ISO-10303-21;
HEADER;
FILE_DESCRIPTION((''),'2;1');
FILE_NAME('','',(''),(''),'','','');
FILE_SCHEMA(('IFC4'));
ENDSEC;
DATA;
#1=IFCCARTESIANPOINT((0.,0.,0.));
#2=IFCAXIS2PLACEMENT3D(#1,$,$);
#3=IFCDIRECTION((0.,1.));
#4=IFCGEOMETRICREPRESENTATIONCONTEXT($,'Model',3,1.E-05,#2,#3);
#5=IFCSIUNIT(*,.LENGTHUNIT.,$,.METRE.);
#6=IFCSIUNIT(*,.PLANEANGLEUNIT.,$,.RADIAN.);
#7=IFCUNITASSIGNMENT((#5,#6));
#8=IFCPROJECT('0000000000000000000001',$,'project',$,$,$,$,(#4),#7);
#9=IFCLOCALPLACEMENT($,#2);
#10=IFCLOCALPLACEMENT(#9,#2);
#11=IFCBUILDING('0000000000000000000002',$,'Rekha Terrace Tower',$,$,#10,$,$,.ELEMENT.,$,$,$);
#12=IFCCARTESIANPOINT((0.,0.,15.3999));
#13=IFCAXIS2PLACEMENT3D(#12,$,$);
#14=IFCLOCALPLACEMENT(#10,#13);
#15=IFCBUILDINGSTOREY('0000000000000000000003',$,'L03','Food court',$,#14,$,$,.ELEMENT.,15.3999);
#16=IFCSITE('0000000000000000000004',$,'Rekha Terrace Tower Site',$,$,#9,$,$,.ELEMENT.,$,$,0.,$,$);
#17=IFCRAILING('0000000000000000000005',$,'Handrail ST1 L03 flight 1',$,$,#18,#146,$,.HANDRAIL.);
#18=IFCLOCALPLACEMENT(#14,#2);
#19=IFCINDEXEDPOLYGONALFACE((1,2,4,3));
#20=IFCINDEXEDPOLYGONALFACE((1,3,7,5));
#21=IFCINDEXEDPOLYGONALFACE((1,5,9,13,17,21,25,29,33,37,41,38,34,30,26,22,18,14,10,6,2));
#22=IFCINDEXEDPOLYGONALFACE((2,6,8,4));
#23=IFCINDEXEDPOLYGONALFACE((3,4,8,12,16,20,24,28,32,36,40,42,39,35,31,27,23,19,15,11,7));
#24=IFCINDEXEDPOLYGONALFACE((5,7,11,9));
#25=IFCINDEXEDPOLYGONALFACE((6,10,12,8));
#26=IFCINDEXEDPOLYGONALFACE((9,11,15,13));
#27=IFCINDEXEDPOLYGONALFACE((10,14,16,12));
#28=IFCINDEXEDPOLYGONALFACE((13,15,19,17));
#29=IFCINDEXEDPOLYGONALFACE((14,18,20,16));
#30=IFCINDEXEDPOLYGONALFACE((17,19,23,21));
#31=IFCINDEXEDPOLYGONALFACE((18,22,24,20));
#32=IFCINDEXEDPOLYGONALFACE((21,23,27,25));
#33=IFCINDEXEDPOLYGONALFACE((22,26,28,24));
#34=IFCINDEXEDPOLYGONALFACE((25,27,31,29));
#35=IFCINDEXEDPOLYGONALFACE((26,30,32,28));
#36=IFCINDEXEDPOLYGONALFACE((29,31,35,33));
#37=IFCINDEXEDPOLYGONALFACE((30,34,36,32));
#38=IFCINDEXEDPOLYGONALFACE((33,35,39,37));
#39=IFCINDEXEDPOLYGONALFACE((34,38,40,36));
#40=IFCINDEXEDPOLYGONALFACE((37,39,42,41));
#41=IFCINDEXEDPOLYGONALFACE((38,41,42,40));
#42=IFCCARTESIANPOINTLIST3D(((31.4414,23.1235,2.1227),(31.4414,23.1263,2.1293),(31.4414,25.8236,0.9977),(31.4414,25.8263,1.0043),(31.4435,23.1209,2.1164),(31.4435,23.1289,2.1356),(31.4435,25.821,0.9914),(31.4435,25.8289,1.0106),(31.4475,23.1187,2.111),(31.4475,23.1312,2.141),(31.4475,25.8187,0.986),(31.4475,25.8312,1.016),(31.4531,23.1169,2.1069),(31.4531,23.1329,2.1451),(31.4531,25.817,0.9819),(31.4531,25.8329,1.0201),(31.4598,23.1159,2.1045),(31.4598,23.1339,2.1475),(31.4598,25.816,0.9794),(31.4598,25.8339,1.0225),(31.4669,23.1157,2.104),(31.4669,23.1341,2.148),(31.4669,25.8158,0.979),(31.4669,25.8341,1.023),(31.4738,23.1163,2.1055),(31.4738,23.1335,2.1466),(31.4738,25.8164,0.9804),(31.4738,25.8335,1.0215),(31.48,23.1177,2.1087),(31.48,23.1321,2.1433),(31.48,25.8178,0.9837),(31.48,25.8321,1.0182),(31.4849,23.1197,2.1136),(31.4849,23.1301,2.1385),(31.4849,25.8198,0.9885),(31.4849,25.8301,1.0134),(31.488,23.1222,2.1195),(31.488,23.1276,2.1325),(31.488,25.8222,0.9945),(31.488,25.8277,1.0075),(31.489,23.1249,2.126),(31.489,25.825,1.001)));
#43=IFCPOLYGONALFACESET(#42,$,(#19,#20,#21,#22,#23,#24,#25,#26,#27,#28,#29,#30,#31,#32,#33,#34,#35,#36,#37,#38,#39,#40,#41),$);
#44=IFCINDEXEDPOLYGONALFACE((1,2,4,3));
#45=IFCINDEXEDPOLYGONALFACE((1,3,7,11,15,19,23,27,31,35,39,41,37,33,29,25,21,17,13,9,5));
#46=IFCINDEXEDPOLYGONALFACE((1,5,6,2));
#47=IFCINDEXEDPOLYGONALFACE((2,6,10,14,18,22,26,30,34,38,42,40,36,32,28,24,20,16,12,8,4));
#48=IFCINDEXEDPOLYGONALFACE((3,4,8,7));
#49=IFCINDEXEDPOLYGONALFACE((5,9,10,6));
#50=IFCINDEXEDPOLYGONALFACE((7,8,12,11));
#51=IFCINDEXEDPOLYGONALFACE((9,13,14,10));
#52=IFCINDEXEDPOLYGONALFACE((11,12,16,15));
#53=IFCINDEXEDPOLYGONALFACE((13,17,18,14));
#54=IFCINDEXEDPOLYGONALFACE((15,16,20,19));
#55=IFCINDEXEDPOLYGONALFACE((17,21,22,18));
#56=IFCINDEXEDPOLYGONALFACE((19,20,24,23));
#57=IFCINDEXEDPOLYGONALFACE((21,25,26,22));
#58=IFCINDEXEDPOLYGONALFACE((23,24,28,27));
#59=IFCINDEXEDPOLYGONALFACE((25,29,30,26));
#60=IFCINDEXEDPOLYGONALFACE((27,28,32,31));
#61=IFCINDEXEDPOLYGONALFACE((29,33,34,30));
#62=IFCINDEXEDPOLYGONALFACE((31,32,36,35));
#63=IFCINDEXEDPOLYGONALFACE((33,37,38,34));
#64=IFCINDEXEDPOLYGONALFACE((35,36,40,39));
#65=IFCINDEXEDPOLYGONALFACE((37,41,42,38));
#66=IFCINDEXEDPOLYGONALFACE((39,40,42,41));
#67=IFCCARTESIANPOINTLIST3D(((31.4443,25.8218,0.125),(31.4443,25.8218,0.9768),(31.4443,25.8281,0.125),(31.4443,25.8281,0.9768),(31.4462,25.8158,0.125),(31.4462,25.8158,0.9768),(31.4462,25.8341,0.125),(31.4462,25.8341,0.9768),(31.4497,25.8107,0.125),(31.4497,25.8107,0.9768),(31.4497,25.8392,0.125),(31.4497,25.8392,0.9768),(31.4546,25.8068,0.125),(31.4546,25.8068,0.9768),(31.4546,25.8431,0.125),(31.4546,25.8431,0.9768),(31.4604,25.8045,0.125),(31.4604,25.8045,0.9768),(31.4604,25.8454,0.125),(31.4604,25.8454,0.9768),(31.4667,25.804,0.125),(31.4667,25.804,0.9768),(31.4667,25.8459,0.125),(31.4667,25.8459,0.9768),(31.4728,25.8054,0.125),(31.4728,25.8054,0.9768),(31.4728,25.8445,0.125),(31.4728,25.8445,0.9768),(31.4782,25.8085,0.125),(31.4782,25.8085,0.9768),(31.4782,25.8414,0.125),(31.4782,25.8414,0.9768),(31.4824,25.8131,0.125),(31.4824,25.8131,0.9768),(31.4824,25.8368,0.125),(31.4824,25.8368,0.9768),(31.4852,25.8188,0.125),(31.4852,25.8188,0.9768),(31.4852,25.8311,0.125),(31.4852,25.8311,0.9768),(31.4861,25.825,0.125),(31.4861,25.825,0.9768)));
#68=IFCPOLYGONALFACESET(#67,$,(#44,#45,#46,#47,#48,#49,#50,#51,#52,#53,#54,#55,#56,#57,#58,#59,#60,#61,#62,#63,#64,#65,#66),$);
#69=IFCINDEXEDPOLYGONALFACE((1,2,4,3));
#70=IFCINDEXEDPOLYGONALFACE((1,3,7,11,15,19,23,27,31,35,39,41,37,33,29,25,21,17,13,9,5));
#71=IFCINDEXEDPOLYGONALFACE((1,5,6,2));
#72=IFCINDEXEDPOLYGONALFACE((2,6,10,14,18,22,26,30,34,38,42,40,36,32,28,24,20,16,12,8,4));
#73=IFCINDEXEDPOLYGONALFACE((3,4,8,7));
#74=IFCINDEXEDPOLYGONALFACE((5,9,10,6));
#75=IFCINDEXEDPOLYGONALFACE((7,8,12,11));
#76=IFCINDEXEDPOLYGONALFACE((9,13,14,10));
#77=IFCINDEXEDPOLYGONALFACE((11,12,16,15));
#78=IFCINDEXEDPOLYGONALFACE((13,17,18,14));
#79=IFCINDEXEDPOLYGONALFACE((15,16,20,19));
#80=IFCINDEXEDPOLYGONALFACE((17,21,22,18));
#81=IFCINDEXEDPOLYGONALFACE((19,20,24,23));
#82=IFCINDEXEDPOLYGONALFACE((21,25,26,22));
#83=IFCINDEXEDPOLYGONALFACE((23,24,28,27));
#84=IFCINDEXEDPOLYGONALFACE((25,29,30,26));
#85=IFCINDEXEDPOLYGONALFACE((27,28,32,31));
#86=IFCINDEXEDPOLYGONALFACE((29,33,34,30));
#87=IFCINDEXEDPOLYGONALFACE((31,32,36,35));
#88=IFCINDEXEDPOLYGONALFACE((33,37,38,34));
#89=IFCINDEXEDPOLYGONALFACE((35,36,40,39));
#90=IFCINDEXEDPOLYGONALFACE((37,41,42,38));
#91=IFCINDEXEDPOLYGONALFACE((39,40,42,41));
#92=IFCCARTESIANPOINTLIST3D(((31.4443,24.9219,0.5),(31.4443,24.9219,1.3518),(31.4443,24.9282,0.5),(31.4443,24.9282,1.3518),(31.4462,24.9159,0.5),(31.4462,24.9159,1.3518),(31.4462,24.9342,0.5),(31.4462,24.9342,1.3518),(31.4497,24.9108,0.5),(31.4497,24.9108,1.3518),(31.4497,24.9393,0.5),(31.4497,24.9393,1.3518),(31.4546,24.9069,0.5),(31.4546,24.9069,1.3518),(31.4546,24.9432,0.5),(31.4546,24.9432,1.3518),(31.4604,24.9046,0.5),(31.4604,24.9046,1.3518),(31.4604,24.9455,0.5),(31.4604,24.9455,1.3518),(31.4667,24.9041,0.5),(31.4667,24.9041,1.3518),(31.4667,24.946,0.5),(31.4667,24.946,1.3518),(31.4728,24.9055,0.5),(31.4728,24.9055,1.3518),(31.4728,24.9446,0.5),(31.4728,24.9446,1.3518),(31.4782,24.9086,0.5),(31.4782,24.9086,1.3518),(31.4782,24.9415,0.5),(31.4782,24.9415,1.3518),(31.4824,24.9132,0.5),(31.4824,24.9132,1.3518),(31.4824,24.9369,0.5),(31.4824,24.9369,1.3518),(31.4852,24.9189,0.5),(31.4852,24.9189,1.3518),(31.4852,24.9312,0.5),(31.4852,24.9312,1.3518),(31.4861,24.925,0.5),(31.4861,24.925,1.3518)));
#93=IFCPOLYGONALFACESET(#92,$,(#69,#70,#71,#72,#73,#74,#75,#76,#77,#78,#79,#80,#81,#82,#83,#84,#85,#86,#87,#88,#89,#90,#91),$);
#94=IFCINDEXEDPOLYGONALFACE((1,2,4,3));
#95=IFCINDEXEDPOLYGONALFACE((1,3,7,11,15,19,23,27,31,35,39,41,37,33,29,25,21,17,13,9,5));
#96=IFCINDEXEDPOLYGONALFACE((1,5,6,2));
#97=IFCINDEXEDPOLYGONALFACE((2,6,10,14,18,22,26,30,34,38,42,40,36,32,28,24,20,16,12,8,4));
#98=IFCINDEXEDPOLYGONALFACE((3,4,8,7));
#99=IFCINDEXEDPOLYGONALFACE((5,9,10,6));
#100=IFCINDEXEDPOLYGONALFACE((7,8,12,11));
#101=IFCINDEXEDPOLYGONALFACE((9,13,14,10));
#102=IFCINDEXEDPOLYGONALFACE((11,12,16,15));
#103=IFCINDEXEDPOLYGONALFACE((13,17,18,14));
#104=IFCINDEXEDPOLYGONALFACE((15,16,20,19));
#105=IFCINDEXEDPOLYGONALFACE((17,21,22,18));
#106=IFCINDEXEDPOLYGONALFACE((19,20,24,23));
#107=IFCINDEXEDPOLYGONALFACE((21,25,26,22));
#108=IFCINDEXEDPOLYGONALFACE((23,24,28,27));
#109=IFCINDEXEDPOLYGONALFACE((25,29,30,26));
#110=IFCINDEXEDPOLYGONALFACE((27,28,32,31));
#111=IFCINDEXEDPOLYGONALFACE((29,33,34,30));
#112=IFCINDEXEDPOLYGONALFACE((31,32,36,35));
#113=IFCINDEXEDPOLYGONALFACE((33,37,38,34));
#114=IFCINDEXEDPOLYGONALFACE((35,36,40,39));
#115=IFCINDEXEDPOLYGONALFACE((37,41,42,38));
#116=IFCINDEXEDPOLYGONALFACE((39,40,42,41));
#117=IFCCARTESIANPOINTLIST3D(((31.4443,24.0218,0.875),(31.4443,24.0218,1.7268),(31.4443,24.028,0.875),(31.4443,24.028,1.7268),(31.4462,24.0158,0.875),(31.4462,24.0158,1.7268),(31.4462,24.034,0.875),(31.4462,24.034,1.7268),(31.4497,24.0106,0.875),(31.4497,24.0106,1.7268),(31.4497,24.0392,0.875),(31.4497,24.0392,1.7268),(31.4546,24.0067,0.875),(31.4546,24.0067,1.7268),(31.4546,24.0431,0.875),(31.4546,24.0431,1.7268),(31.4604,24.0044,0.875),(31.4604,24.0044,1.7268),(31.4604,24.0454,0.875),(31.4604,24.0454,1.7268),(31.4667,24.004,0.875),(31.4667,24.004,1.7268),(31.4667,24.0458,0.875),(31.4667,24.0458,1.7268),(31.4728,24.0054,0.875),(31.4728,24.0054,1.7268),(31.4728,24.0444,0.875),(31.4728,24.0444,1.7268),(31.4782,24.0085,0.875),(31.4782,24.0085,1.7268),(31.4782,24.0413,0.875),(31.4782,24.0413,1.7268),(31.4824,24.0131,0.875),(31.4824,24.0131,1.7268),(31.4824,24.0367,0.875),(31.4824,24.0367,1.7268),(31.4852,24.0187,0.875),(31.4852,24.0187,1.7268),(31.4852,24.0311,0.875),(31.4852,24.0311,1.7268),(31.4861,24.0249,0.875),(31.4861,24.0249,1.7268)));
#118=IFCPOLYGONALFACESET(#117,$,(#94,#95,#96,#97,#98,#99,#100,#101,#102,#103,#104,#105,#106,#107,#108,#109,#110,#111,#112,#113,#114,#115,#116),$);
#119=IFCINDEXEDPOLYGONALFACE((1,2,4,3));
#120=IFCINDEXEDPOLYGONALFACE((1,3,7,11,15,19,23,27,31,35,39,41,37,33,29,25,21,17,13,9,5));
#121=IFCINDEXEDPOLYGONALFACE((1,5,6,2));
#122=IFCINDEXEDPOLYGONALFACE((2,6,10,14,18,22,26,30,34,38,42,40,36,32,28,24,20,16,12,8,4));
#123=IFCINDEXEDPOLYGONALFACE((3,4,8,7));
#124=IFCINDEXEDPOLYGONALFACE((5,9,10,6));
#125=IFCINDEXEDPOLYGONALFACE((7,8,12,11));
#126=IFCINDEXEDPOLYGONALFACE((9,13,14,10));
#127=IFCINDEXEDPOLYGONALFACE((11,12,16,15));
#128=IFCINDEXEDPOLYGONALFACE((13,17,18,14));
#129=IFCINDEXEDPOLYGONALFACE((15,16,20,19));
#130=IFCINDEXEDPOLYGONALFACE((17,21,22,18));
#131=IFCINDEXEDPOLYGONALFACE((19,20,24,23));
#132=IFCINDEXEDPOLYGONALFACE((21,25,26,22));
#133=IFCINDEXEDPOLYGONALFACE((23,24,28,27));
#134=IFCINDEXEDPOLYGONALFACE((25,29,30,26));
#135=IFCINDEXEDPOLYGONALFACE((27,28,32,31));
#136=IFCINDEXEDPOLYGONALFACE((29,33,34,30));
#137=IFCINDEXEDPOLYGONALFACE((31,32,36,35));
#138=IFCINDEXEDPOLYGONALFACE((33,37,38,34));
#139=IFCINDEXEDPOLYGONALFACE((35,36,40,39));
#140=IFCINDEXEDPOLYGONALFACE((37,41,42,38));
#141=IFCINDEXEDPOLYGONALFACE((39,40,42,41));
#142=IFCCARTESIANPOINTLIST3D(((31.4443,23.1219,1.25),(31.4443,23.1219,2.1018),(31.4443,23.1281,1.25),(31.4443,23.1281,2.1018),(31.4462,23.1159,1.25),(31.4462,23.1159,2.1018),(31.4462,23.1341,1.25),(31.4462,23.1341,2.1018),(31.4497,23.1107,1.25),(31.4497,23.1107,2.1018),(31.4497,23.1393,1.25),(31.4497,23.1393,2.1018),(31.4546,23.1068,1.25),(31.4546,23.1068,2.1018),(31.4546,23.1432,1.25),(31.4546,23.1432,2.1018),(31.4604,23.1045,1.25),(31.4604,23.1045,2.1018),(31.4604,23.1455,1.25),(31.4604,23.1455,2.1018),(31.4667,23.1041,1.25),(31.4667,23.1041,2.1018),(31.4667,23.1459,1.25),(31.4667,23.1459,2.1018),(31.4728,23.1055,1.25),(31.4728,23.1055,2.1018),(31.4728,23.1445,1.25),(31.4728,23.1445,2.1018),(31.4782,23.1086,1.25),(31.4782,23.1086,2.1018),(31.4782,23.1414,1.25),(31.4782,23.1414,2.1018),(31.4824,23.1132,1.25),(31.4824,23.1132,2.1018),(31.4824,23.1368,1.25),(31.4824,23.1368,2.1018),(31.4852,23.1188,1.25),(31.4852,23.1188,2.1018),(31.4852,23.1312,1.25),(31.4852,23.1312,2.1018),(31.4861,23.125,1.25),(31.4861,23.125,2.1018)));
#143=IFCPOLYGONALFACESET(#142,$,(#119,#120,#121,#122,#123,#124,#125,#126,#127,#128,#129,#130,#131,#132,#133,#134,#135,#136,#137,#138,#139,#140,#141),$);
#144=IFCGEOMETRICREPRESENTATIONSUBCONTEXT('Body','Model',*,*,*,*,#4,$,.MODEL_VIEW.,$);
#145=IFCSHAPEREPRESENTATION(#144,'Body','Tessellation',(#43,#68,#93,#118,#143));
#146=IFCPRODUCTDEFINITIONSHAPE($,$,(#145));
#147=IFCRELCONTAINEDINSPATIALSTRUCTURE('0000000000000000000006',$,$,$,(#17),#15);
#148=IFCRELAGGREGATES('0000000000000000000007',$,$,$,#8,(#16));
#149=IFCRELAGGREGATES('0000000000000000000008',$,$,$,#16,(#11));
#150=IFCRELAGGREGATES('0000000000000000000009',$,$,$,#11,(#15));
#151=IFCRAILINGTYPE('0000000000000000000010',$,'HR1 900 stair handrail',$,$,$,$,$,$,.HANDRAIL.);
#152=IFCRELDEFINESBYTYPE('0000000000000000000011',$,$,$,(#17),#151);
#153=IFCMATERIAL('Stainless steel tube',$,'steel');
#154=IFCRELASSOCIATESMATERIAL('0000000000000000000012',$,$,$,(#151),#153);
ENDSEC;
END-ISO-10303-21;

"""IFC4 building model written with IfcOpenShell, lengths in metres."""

from ifc_helpers import new_model, si_unit, direction, frame, origin, origin_2d, place, context, subcontext, project, spatial, circle, extrude, material, type_object, element, save


model = new_model("IFC4")

# Units and contexts
model_context = context("Model", 3, precision=1e-05, world=origin(), true_north=direction((0.0, 1.0)))
body_context = subcontext(model_context, "Body", "Model", "MODEL_VIEW")
ifc_project = project(units=[si_unit("LENGTHUNIT", "METRE"), si_unit("PLANEANGLEUNIT", "RADIAN")], contexts=[model_context])

# Site, building, storey
site_placement = place(None, origin())
site = spatial("IfcSite", under=ifc_project, at=site_placement, Name="Rekha Terrace Tower Site", CompositionType="ELEMENT", RefElevation=0.0)
building_placement = place(site_placement, origin())
building = spatial("IfcBuilding", under=site, at=building_placement, Name="Rekha Terrace Tower", CompositionType="ELEMENT")
storey_placement = place(building_placement, frame((0.0, 0.0, 15.3999)))
storey = spatial("IfcBuildingStorey", under=building, at=storey_placement, Name="L03", Description="Food court", CompositionType="ELEMENT", Elevation=15.3999)

# Railing
ifc_material_1 = material(Name="Stainless steel tube", Category="steel")
railing_type_1 = type_object("IfcRailingType", Name="HR1 900 stair handrail", PredefinedType="HANDRAIL", material=ifc_material_1)
railing_1_placement = place(storey_placement, frame((31.4651, 25.825, 0.125)))
element("IfcRailing", 1, at=railing_1_placement, inside=storey, type_object=railing_type_1, Name="Handrail ST1 L03 flight 1", PredefinedType="HANDRAIL", context=body_context, shape_type="SweptSolid", body=[
    extrude(circle(Radius=0.0239, at=origin_2d()), frame((0.0, 0.0, 0.876), z_axis=(0.0, -0.923074, 0.384621), x_axis=(1.0, 0.0, 0.0)), (0.0, 0.0, 1.0), 2.925),
    extrude(circle(Radius=0.021, at=origin_2d()), origin(), (0.0, 0.0, 1.0), 0.8518),
    extrude(circle(Radius=0.021, at=origin_2d()), frame((0.0, -0.8999, 0.375)), (0.0, 0.0, 1.0), 0.8518),
    extrude(circle(Radius=0.021, at=origin_2d()), frame((0.0, -1.8, 0.75)), (0.0, 0.0, 1.0), 0.8518),
    extrude(circle(Radius=0.021, at=origin_2d()), frame((0.0, -2.7, 1.125)), (0.0, 0.0, 1.0), 0.8518),
])

save(model, "model.ifc")
